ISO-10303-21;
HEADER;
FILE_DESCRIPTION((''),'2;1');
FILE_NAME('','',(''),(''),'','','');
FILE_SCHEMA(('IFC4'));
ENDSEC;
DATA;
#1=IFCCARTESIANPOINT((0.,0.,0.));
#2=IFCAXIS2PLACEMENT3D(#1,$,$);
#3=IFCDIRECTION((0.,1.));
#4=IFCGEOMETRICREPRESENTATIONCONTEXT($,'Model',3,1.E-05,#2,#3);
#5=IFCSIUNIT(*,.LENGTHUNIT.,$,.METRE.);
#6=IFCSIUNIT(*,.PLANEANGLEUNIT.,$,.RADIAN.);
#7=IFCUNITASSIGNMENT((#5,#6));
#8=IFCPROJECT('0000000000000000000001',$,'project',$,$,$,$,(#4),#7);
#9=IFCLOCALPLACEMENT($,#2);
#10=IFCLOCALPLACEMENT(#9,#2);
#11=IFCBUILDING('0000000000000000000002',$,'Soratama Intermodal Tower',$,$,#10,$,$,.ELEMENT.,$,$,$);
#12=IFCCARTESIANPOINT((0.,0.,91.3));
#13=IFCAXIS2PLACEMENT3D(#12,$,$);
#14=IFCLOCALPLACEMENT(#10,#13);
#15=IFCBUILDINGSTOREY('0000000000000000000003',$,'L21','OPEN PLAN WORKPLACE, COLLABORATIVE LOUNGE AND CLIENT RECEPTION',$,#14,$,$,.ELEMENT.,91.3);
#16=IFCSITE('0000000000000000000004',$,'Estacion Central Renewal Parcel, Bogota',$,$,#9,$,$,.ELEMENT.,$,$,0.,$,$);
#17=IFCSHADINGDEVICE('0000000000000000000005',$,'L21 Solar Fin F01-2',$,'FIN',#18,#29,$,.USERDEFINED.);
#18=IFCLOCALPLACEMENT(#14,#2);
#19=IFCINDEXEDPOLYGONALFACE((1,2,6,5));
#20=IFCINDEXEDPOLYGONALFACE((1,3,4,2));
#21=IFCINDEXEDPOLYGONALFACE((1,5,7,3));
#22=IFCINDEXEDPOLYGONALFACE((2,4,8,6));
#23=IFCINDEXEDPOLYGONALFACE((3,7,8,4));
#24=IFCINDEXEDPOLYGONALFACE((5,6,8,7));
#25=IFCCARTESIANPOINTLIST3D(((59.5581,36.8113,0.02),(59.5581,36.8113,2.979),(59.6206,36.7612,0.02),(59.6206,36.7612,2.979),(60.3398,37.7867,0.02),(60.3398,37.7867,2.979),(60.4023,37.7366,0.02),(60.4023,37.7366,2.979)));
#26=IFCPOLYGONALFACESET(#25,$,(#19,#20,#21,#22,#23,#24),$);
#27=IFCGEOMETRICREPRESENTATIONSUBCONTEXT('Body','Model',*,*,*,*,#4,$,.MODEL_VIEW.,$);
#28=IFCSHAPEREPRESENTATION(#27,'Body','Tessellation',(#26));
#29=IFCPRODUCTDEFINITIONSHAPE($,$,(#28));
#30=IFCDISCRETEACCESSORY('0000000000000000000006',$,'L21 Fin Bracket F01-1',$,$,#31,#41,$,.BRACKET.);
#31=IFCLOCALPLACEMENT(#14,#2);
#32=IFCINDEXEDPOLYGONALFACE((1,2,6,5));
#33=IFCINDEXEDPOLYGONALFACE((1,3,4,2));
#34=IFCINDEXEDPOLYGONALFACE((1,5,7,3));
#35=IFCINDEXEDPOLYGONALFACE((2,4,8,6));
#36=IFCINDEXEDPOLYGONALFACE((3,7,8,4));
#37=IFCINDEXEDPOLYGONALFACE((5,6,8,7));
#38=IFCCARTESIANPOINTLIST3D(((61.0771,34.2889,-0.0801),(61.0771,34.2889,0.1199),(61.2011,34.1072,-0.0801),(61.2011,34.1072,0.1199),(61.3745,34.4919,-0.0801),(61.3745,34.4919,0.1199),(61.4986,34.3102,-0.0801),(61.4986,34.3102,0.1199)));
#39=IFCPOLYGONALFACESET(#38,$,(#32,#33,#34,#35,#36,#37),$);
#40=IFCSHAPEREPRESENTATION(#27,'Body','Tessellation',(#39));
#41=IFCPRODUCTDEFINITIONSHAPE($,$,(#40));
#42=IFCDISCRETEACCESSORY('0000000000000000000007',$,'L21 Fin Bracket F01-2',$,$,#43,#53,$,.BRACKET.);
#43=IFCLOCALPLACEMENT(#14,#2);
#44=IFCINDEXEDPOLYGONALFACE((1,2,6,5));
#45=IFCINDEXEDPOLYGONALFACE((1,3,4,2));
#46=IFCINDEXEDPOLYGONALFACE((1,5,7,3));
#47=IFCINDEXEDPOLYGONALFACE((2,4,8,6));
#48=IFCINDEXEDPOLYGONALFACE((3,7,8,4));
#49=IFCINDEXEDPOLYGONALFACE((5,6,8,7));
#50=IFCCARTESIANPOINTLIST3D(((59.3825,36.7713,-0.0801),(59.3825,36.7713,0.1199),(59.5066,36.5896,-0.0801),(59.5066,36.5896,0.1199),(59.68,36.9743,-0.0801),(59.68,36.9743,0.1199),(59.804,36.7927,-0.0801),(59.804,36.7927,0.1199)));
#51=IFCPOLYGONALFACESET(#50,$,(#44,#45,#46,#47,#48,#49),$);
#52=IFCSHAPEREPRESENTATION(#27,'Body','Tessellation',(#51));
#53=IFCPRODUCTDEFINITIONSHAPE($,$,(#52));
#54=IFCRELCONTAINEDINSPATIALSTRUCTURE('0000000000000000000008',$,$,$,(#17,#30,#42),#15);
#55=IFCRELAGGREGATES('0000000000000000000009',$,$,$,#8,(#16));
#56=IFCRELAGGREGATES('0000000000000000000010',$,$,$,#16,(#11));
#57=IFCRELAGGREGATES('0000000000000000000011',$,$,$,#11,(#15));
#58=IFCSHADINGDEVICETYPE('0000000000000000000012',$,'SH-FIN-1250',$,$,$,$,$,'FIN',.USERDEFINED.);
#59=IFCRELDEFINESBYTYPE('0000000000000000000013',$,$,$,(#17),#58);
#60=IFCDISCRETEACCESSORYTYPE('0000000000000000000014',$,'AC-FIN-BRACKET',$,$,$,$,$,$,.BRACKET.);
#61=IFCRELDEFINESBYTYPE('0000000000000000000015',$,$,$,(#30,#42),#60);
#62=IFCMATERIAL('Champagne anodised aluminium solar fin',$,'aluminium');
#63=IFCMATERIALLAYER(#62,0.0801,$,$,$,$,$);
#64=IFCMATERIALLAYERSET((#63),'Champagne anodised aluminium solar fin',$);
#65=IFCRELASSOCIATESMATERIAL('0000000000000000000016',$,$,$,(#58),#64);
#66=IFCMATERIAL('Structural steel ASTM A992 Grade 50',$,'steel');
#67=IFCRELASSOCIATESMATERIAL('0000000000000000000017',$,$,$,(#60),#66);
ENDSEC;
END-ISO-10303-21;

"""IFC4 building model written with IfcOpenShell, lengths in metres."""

from ifc_helpers import new_model, si_unit, direction, frame, origin, origin_2d, place, context, subcontext, project, spatial, rectangle, extrude, material, layer, layer_set, type_object, element, save


model = new_model("IFC4")

# Units and contexts
model_context = context("Model", 3, precision=1e-05, world=origin(), true_north=direction((0.0, 1.0)))
body_context = subcontext(model_context, "Body", "Model", "MODEL_VIEW")
ifc_project = project(units=[si_unit("LENGTHUNIT", "METRE"), si_unit("PLANEANGLEUNIT", "RADIAN")], contexts=[model_context])

# Site, building, storey
site_placement = place(None, origin())
site = spatial("IfcSite", under=ifc_project, at=site_placement, Name="Estacion Central Renewal Parcel, Bogota", CompositionType="ELEMENT", RefElevation=0.0)
building_placement = place(site_placement, origin())
building = spatial("IfcBuilding", under=site, at=building_placement, Name="Soratama Intermodal Tower", CompositionType="ELEMENT")
storey_placement = place(building_placement, frame((0.0, 0.0, 91.3)))
storey = spatial("IfcBuildingStorey", under=building, at=storey_placement, Name="L21", Description="OPEN PLAN WORKPLACE, COLLABORATIVE LOUNGE AND CLIENT RECEPTION", CompositionType="ELEMENT", Elevation=91.3)

# Shading device
ifc_material_1 = material(Name="Champagne anodised aluminium solar fin", Category="aluminium")
ifc_layer_1 = layer(ifc_material_1, 0.0801)
ifc_layer_set_1 = layer_set([ifc_layer_1], Name="Champagne anodised aluminium solar fin")
shading_device_type = type_object("IfcShadingDeviceType", Name="SH-FIN-1250", ElementType="FIN", PredefinedType="USERDEFINED", material=ifc_layer_set_1)
for number, where, z_axis, x_axis, name in (
    (1, (59.9802, 37.2739, 0.02), (0.0, 0.0, 1.0), (0.625379, 0.780321, 0.0), "L21 Solar Fin F01-2"),
):
    element("IfcShadingDevice", number, at=place(storey_placement, frame(where, z_axis=z_axis, x_axis=x_axis)), inside=storey, type_object=shading_device_type, Name=name, ObjectType="FIN", PredefinedType="USERDEFINED", context=body_context, shape_type="SweptSolid", body=[
        extrude(rectangle(XDim=1.25, YDim=0.0801, at=origin_2d()), origin(), (0.0, 0.0, 1.0), 2.959),
    ])

# Discrete accessories
ifc_material_2 = material(Name="Structural steel ASTM A992 Grade 50", Category="steel")
discrete_accessory_type = type_object("IfcDiscreteAccessoryType", Name="AC-FIN-BRACKET", PredefinedType="BRACKET", material=ifc_material_2)
for number, where, z_axis, x_axis, name in (
    (2, (61.2878, 34.2996, -0.0801), (0.0, 0.0, 1.0), (0.825902, 0.563814, 0.0), "L21 Fin Bracket F01-1"),
    (3, (59.5933, 36.782, -0.0801), (0.0, 0.0, 1.0), (0.825902, 0.563814, 0.0), "L21 Fin Bracket F01-2"),
):
    element("IfcDiscreteAccessory", number, at=place(storey_placement, frame(where, z_axis=z_axis, x_axis=x_axis)), inside=storey, type_object=discrete_accessory_type, Name=name, PredefinedType="BRACKET", context=body_context, shape_type="SweptSolid", body=[
        extrude(rectangle(XDim=0.3601, YDim=0.22, at=origin_2d()), origin(), (0.0, 0.0, 1.0), 0.2),
    ])

save(model, "model.ifc")
